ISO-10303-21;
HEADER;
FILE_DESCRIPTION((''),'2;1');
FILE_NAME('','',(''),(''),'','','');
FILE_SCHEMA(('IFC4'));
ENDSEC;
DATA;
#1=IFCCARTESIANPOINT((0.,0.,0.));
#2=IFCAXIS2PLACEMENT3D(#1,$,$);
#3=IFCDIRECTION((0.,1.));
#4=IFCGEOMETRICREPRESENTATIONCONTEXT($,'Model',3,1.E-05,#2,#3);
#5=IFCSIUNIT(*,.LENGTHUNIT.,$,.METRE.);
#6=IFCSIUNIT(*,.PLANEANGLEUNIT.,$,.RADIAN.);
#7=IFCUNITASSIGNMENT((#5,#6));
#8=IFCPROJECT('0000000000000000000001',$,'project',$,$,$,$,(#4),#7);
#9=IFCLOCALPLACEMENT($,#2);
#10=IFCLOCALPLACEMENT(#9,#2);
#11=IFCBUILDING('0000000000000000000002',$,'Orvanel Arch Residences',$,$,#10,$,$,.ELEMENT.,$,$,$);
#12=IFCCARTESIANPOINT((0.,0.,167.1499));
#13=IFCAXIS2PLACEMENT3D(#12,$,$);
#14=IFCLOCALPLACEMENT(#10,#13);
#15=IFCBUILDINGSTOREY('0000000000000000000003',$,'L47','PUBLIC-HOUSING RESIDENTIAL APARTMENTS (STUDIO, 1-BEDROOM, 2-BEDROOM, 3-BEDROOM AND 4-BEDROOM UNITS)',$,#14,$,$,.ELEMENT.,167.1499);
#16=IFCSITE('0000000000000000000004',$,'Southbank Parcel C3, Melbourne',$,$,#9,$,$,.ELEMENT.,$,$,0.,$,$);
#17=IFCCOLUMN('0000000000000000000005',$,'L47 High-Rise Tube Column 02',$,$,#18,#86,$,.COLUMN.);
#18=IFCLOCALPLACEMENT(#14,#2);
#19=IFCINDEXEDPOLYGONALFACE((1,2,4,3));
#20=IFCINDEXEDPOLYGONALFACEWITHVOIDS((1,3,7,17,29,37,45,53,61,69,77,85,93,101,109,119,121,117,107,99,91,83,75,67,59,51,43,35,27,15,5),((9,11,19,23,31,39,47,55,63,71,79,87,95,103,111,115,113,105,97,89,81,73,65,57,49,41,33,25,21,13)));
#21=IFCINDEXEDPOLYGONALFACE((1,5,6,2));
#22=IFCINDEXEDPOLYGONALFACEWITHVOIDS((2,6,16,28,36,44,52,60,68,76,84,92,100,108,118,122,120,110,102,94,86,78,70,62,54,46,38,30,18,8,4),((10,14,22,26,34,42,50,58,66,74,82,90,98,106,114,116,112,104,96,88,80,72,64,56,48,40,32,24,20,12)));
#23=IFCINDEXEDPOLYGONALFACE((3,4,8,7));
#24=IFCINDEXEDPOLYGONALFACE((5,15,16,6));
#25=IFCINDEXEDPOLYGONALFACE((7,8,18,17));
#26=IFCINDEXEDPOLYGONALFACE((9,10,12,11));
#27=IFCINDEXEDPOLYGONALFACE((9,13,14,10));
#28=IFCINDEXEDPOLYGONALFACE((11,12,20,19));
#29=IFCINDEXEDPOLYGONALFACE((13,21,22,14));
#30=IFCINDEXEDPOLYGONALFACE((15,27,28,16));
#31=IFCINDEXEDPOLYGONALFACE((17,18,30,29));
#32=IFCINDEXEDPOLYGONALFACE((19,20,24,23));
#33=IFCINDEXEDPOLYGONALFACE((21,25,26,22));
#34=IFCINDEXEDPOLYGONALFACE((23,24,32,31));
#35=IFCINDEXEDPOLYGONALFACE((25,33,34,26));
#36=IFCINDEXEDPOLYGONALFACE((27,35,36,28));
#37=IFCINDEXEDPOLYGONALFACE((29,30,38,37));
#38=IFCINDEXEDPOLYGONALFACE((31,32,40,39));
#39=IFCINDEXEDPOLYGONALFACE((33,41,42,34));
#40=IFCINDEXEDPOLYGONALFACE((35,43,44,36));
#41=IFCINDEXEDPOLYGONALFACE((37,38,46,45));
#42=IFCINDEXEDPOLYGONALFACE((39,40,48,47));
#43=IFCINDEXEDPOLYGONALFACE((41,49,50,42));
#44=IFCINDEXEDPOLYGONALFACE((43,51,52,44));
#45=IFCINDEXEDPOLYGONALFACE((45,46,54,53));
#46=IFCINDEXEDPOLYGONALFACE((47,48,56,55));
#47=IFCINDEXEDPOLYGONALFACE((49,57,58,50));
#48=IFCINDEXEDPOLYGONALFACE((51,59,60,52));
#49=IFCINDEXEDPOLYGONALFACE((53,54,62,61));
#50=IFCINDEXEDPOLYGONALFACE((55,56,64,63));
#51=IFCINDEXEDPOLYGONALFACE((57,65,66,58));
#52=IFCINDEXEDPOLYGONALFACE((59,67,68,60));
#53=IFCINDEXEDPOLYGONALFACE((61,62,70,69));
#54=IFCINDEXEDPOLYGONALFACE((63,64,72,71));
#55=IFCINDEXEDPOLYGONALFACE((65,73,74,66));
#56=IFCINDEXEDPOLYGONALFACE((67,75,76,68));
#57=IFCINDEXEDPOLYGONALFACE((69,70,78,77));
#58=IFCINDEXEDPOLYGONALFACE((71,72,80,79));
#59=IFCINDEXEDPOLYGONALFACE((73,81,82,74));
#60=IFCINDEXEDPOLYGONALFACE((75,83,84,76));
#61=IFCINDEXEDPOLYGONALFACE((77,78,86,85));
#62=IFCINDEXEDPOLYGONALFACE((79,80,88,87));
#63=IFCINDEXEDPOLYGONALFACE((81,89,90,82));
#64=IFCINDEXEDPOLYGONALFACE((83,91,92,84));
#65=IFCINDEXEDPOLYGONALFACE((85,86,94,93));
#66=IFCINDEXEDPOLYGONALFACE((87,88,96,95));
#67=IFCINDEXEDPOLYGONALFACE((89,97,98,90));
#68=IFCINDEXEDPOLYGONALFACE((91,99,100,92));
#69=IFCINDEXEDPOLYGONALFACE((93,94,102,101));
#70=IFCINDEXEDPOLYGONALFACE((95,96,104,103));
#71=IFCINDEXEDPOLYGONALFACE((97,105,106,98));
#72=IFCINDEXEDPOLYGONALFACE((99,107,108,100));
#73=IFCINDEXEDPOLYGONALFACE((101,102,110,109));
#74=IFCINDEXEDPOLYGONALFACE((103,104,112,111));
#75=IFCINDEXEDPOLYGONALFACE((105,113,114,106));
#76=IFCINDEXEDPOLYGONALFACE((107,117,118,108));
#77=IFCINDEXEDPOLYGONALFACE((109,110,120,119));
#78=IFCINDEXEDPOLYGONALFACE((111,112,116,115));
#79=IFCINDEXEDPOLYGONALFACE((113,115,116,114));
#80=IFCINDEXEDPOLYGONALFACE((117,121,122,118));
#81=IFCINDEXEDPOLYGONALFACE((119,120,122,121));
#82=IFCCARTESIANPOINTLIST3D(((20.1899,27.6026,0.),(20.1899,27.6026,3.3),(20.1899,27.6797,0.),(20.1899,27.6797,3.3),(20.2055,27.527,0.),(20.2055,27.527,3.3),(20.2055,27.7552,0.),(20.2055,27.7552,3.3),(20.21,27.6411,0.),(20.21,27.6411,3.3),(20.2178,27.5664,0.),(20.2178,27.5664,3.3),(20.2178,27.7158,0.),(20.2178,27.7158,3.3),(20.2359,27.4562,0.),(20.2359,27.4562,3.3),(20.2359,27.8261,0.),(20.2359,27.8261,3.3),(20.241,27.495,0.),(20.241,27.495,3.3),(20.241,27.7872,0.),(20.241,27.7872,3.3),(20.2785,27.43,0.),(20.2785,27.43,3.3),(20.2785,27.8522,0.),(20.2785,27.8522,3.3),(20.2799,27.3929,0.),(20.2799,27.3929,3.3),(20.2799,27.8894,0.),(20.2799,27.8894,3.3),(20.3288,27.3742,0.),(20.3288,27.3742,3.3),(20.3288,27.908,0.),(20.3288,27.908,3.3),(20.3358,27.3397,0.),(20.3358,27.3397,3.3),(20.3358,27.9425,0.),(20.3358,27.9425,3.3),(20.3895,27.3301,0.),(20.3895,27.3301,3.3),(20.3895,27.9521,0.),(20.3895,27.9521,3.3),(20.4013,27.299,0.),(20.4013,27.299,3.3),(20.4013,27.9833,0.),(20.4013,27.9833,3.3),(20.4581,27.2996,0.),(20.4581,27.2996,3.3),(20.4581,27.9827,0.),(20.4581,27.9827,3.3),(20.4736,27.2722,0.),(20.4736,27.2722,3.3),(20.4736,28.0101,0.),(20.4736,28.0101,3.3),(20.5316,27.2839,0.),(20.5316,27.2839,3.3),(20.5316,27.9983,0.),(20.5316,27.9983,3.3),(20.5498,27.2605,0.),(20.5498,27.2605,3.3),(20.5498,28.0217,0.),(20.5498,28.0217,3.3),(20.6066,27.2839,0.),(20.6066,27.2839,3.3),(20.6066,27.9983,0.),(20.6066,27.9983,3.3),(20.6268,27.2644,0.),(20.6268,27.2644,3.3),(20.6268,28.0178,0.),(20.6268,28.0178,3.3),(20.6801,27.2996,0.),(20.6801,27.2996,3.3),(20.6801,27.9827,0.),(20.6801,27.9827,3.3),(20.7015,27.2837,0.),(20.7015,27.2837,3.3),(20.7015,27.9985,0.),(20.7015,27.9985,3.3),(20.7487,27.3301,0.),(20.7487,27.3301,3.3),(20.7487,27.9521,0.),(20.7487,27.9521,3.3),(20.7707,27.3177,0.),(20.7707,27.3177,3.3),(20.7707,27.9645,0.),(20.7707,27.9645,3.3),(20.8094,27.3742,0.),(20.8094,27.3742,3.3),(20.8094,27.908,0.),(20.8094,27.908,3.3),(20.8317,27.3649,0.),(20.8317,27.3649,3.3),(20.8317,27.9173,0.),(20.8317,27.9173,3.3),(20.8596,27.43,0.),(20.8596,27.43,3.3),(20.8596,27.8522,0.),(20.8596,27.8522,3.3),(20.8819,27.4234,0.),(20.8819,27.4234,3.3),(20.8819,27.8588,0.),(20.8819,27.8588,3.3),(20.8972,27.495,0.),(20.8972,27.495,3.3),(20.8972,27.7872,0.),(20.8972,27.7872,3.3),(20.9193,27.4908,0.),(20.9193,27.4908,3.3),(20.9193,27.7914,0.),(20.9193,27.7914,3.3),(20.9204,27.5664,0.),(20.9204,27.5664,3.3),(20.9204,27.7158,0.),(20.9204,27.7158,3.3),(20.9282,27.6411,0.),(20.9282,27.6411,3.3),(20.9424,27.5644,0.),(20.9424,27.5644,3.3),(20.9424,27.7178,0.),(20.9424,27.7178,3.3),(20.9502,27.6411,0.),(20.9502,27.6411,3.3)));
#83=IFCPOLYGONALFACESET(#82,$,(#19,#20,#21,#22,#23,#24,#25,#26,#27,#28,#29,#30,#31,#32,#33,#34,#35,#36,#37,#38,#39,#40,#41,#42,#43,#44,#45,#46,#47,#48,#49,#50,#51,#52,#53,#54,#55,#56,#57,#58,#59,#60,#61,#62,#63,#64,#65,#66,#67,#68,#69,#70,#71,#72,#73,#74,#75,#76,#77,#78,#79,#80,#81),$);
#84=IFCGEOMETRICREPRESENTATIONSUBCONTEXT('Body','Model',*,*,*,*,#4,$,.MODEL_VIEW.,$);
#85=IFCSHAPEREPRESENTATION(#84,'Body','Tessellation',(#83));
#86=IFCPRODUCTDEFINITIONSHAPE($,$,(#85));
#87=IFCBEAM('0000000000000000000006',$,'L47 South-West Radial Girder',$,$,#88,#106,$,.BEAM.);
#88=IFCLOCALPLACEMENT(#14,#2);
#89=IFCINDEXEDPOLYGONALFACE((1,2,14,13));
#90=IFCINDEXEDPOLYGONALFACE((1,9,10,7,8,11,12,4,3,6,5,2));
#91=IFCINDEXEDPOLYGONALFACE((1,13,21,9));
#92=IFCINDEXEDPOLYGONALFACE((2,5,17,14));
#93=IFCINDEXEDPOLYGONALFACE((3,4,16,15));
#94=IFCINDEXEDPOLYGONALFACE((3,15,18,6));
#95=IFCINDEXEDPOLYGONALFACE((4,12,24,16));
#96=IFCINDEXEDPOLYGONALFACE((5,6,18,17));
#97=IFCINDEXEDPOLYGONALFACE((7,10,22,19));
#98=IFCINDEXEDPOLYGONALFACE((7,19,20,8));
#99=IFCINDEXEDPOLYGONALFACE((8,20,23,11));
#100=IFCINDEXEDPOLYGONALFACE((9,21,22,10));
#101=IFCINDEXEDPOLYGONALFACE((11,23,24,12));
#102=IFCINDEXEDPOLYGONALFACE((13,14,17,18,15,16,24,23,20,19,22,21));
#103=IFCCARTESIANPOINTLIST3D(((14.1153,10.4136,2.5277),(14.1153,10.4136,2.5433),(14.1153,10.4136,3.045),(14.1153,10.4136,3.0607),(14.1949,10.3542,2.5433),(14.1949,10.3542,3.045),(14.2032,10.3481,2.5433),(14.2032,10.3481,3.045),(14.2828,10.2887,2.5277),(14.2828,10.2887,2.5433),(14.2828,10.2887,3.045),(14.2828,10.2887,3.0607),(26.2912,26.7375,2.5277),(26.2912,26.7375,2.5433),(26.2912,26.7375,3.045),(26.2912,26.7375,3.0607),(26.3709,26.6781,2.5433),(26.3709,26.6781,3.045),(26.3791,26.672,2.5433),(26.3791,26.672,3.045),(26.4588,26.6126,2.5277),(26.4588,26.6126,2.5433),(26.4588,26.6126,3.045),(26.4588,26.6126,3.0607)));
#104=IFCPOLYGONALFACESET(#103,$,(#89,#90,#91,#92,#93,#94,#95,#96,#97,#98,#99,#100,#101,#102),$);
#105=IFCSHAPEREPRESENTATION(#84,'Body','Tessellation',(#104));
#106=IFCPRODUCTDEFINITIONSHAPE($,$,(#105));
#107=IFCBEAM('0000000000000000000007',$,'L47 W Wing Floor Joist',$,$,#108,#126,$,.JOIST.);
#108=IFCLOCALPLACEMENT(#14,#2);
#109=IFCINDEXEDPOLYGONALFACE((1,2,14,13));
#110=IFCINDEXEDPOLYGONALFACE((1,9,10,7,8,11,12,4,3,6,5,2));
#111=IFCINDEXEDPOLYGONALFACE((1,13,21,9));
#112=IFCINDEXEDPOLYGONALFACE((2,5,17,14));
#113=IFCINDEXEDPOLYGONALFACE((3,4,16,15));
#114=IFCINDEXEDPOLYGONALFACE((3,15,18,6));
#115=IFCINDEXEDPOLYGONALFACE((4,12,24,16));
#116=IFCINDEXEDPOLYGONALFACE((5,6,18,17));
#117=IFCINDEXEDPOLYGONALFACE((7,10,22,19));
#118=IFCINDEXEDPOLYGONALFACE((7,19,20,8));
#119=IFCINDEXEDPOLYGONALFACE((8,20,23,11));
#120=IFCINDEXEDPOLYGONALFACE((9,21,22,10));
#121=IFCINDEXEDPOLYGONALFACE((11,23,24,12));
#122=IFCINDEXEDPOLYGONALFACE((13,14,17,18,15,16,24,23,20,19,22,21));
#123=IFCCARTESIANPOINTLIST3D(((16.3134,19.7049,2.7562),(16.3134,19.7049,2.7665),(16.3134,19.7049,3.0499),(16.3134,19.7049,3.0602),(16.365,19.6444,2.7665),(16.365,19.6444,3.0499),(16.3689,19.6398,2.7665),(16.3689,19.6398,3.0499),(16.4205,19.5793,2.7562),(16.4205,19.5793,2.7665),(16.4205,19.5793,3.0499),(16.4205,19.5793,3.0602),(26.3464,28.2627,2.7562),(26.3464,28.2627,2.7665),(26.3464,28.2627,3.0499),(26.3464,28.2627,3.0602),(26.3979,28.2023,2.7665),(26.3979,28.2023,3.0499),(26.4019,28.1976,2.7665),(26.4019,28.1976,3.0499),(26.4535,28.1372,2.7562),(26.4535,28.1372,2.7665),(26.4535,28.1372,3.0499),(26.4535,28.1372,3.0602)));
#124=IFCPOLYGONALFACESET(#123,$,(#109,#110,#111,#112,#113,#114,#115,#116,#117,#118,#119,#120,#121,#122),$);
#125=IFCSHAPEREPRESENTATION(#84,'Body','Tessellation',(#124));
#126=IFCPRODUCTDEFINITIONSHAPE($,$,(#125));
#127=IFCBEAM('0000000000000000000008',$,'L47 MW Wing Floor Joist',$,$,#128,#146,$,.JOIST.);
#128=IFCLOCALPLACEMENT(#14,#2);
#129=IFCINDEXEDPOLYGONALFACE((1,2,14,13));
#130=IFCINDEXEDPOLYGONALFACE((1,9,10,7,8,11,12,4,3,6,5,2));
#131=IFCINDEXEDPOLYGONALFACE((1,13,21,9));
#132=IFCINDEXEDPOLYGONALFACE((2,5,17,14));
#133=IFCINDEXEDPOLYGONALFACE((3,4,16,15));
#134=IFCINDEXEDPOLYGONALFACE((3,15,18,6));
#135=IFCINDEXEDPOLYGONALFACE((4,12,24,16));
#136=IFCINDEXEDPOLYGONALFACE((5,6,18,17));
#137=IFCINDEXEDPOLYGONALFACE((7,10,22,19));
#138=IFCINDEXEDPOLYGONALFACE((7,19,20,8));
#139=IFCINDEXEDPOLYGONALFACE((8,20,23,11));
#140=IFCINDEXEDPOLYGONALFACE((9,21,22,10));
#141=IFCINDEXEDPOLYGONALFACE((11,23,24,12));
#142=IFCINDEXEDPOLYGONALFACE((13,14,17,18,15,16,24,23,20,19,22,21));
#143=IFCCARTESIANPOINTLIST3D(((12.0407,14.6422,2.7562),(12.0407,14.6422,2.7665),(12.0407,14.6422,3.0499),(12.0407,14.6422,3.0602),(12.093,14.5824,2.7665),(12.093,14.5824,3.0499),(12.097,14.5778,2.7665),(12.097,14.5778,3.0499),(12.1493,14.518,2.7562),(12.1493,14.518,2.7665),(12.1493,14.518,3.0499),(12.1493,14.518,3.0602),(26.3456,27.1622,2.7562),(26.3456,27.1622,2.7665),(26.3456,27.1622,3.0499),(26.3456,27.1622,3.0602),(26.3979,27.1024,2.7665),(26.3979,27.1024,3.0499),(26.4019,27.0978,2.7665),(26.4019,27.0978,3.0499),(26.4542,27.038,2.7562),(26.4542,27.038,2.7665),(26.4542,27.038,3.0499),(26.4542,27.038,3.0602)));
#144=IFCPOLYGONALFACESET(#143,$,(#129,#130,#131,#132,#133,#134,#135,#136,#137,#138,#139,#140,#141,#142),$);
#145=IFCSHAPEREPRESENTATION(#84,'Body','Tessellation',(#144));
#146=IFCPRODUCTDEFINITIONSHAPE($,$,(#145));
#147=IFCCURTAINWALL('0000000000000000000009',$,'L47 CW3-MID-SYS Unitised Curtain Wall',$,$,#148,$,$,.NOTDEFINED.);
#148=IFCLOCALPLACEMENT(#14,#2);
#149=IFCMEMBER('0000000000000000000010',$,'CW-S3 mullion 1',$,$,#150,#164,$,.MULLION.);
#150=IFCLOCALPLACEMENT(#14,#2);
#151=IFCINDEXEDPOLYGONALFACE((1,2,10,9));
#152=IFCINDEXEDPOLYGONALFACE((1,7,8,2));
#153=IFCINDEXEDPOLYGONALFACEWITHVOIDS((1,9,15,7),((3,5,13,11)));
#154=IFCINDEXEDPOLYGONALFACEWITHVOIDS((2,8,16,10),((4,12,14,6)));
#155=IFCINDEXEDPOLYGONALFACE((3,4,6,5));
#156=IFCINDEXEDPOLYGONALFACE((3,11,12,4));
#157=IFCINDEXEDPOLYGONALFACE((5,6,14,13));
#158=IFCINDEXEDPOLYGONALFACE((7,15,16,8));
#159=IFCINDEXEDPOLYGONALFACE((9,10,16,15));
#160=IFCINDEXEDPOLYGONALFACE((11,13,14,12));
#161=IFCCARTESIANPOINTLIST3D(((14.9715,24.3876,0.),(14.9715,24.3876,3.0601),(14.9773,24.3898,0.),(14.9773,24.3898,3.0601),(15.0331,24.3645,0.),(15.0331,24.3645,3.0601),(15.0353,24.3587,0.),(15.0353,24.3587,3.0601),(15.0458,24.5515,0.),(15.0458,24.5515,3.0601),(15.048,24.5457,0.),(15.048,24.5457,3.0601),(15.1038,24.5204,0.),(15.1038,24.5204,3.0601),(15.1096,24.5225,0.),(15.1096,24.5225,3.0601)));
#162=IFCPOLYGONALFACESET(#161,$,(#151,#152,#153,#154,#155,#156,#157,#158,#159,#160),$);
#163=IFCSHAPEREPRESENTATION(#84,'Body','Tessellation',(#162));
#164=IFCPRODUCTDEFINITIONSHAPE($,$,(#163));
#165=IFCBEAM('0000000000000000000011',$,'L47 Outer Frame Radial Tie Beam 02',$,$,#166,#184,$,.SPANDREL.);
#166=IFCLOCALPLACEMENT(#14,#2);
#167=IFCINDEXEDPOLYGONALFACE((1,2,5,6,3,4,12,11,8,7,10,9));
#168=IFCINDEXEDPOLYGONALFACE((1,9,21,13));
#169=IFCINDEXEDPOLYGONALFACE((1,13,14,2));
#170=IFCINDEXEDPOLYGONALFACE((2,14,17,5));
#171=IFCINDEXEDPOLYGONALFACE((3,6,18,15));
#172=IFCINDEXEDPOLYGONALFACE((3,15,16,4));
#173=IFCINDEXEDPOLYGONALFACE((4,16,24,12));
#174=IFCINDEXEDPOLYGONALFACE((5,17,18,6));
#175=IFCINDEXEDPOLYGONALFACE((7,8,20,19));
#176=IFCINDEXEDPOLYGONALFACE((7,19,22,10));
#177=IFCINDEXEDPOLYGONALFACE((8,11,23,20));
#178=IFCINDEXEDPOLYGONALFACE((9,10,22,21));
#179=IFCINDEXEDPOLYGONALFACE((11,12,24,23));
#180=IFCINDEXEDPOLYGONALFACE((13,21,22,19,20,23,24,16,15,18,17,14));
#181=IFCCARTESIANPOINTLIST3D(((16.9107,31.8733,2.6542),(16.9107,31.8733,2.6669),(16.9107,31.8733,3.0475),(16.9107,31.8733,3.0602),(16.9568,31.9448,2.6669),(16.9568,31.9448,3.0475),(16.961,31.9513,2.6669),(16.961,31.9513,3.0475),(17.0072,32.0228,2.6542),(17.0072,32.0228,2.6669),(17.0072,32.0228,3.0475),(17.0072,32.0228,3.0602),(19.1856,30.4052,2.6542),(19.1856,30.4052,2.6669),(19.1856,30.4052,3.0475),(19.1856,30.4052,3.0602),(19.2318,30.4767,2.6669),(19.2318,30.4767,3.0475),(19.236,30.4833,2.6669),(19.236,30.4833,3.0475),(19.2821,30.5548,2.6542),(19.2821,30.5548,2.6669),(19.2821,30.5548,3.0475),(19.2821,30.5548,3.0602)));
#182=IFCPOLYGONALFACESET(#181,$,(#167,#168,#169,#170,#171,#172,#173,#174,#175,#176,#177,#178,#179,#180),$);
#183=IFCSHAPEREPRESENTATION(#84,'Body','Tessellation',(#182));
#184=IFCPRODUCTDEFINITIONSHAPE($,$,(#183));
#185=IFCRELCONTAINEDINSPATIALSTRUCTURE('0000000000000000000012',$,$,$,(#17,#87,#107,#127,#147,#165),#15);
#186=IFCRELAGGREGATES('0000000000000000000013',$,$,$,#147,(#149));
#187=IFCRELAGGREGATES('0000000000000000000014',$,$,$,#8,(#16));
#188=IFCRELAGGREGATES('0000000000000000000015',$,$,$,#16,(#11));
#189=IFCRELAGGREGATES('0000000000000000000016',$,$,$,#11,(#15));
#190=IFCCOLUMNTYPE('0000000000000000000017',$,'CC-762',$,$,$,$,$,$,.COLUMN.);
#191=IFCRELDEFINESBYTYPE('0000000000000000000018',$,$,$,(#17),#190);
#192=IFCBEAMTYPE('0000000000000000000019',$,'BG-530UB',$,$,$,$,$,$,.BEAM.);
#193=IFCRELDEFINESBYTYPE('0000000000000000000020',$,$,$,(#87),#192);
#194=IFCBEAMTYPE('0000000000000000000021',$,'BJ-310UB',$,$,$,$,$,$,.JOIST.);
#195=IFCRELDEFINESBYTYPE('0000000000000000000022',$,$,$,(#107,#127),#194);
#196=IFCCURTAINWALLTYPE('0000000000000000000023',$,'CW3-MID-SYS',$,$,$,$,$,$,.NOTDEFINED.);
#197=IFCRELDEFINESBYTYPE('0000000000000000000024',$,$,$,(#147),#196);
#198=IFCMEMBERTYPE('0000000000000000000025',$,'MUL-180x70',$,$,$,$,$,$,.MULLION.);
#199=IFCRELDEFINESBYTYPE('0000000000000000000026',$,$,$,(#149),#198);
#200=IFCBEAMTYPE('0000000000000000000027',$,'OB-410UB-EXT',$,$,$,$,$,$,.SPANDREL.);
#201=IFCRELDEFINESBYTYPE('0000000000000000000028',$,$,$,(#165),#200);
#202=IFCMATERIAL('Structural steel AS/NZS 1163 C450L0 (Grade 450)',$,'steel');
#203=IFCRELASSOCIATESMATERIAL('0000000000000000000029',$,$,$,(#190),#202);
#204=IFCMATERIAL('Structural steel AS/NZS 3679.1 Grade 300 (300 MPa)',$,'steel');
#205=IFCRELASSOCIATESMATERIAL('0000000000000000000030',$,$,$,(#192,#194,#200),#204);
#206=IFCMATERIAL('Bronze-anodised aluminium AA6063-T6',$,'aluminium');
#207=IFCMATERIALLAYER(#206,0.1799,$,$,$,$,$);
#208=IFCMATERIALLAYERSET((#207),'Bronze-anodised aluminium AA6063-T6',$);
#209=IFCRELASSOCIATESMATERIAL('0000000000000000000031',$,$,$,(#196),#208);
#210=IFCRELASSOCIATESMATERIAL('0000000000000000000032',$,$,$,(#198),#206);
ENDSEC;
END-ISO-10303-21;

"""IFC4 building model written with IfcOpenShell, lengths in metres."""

from ifc_helpers import new_model, si_unit, direction, frame, origin, origin_2d, place, context, subcontext, project, spatial, hollow_rectangle, hollow_circle, i_section, extrude, material, layer, layer_set, material_profile, profile_set, type_object, element, aggregate, save


model = new_model("IFC4")

# Units and contexts
model_context = context("Model", 3, precision=1e-05, world=origin(), true_north=direction((0.0, 1.0)))
body_context = subcontext(model_context, "Body", "Model", "MODEL_VIEW")
ifc_project = project(units=[si_unit("LENGTHUNIT", "METRE"), si_unit("PLANEANGLEUNIT", "RADIAN")], contexts=[model_context])

# Site, building, storey
site_placement = place(None, origin())
site = spatial("IfcSite", under=ifc_project, at=site_placement, Name="Southbank Parcel C3, Melbourne", CompositionType="ELEMENT", RefElevation=0.0)
building_placement = place(site_placement, origin())
building = spatial("IfcBuilding", under=site, at=building_placement, Name="Orvanel Arch Residences", CompositionType="ELEMENT")
storey_placement = place(building_placement, frame((0.0, 0.0, 167.1499)))
storey = spatial("IfcBuildingStorey", under=building, at=storey_placement, Name="L47", Description="PUBLIC-HOUSING RESIDENTIAL APARTMENTS (STUDIO, 1-BEDROOM, 2-BEDROOM, 3-BEDROOM AND 4-BEDROOM UNITS)", CompositionType="ELEMENT", Elevation=167.1499)

# Column
ifc_material_1 = material(Name="Structural steel AS/NZS 1163 C450L0 (Grade 450)", Category="steel")
ifc_material_profile_1 = material_profile(ifc_material_1, hollow_circle(Radius=0.3811, WallThickness=0.022, at=origin_2d()), Name="CHS762x22")
ifc_profile_set_1 = profile_set([ifc_material_profile_1], Name="Structural steel AS/NZS 1163 C450L0 (Grade 450)")
column_type = type_object("IfcColumnType", Name="CC-762", PredefinedType="COLUMN", material=ifc_profile_set_1)
column_placement = place(storey_placement, frame((20.5691, 27.6411, 0.0), z_axis=(0.0, 0.0, 1.0), x_axis=(1.0, 0.0, 0.0)))
element("IfcColumn", 1, at=column_placement, inside=storey, type_object=column_type, Name="L47 High-Rise Tube Column 02", PredefinedType="COLUMN", context=body_context, shape_type="SweptSolid", body=[
    extrude(hollow_circle(Radius=0.3811, WallThickness=0.022, at=origin_2d()), origin(), (0.0, 0.0, 1.0), 3.3),
])

# Beams
ifc_material_2 = material(Name="Structural steel AS/NZS 3679.1 Grade 300 (300 MPa)", Category="steel")
ifc_material_profile_2 = material_profile(ifc_material_2, i_section(OverallWidth=0.209, OverallDepth=0.533, WebThickness=0.0103, FlangeThickness=0.0156, at=origin_2d()), Name="530UB92.4")
ifc_profile_set_2 = profile_set([ifc_material_profile_2], Name="Structural steel AS/NZS 3679.1 Grade 300 (300 MPa)")
beam_type_1 = type_object("IfcBeamType", Name="BG-530UB", PredefinedType="BEAM", material=ifc_profile_set_2)
beam_1_placement = place(storey_placement, frame((26.375, 26.675, 2.7942), z_axis=(-0.597894, -0.801575, 0.0), x_axis=(0.801575, -0.597894, 0.0)))
element("IfcBeam", 2, at=beam_1_placement, inside=storey, type_object=beam_type_1, Name="L47 South-West Radial Girder", PredefinedType="BEAM", context=body_context, shape_type="SweptSolid", body=[
    extrude(i_section(OverallWidth=0.209, OverallDepth=0.533, WebThickness=0.0103, FlangeThickness=0.0156, at=origin_2d()), origin(), (0.0, 0.0, 1.0), 20.3647),
])
ifc_material_profile_3 = material_profile(ifc_material_2, i_section(OverallWidth=0.165, OverallDepth=0.304, WebThickness=0.0061, FlangeThickness=0.0103, at=origin_2d()), Name="310UB40.4")
ifc_profile_set_3 = profile_set([ifc_material_profile_3], Name="Structural steel AS/NZS 3679.1 Grade 300 (300 MPa)")
beam_type_2 = type_object("IfcBeamType", Name="BJ-310UB", PredefinedType="JOIST", material=ifc_profile_set_3)
beam_2_placement = place(storey_placement, frame((26.3999, 28.2, 2.9082), z_axis=(-0.760821, -0.648961, 0.0), x_axis=(0.648961, -0.760821, 0.0)))
element("IfcBeam", 3, at=beam_2_placement, inside=storey, type_object=beam_type_2, Name="L47 W Wing Floor Joist", PredefinedType="JOIST", context=body_context, shape_type="SweptSolid", body=[
    extrude(i_section(OverallWidth=0.165, OverallDepth=0.304, WebThickness=0.0061, FlangeThickness=0.0103, at=origin_2d()), origin(), (0.0, 0.0, 1.0), 13.187),
])
beam_3_placement = place(storey_placement, frame((26.3999, 27.1001, 2.9082), z_axis=(-0.752493, -0.6586, 0.0), x_axis=(0.6586, -0.752493, 0.0)))
element("IfcBeam", 4, at=beam_3_placement, inside=storey, type_object=beam_type_2, Name="L47 MW Wing Floor Joist", PredefinedType="JOIST", context=body_context, shape_type="SweptSolid", body=[
    extrude(i_section(OverallWidth=0.165, OverallDepth=0.304, WebThickness=0.0061, FlangeThickness=0.0103, at=origin_2d()), origin(), (0.0, 0.0, 1.0), 19.01),
])

# Curtain wall, member
ifc_material_3 = material(Name="Bronze-anodised aluminium AA6063-T6", Category="aluminium")
ifc_layer_1 = layer(ifc_material_3, 0.1799)
ifc_layer_set_1 = layer_set([ifc_layer_1], Name="Bronze-anodised aluminium AA6063-T6")
curtain_wall_type = type_object("IfcCurtainWallType", Name="CW3-MID-SYS", PredefinedType="NOTDEFINED", material=ifc_layer_set_1)
curtain_wall_placement = place(storey_placement, origin())
curtain_wall = element("IfcCurtainWall", 5, at=curtain_wall_placement, inside=storey, type_object=curtain_wall_type, Name="L47 CW3-MID-SYS Unitised Curtain Wall", PredefinedType="NOTDEFINED")
ifc_material_profile_4 = material_profile(ifc_material_3, hollow_rectangle(XDim=0.0701, YDim=0.1799, WallThickness=0.0044, at=origin_2d()), Name="ALU180x70x4.5")
ifc_profile_set_4 = profile_set([ifc_material_profile_4], Name="Bronze-anodised aluminium AA6063-T6")
member_type_1 = type_object("IfcMemberType", Name="MUL-180x70", PredefinedType="MULLION", material=ifc_profile_set_4)
member_1_placement = place(storey_placement, frame((15.0405, 24.4551, 0.0), z_axis=(0.0, 0.0, 1.0), x_axis=(0.910746, -0.412968, 0.0)))
member_1 = element("IfcMember", 6, at=member_1_placement, type_object=member_type_1, Name="CW-S3 mullion 1", PredefinedType="MULLION", context=body_context, shape_type="SweptSolid", body=[
    extrude(hollow_rectangle(XDim=0.0701, YDim=0.1799, WallThickness=0.0044, at=origin_2d()), origin(), (0.0, 0.0, 1.0), 3.0601),
])

# Beam
ifc_material_profile_5 = material_profile(ifc_material_2, i_section(OverallWidth=0.178, OverallDepth=0.406, WebThickness=0.0078, FlangeThickness=0.0127, at=origin_2d()), Name="410UB59.7")
ifc_profile_set_5 = profile_set([ifc_material_profile_5], Name="Structural steel AS/NZS 3679.1 Grade 300 (300 MPa)")
beam_type_3 = type_object("IfcBeamType", Name="OB-410UB-EXT", PredefinedType="SPANDREL", material=ifc_profile_set_5)
beam_4_placement = place(storey_placement, frame((19.2339, 30.48, 2.8572), z_axis=(-0.84024, 0.542215, 0.0), x_axis=(-0.542215, -0.84024, 0.0)))
element("IfcBeam", 7, at=beam_4_placement, inside=storey, type_object=beam_type_3, Name="L47 Outer Frame Radial Tie Beam 02", PredefinedType="SPANDREL", context=body_context, shape_type="SweptSolid", body=[
    extrude(i_section(OverallWidth=0.178, OverallDepth=0.406, WebThickness=0.0078, FlangeThickness=0.0127, at=origin_2d()), origin(), (0.0, 0.0, 1.0), 2.7075),
])

aggregate(curtain_wall, [member_1])

save(model, "model.ifc")
